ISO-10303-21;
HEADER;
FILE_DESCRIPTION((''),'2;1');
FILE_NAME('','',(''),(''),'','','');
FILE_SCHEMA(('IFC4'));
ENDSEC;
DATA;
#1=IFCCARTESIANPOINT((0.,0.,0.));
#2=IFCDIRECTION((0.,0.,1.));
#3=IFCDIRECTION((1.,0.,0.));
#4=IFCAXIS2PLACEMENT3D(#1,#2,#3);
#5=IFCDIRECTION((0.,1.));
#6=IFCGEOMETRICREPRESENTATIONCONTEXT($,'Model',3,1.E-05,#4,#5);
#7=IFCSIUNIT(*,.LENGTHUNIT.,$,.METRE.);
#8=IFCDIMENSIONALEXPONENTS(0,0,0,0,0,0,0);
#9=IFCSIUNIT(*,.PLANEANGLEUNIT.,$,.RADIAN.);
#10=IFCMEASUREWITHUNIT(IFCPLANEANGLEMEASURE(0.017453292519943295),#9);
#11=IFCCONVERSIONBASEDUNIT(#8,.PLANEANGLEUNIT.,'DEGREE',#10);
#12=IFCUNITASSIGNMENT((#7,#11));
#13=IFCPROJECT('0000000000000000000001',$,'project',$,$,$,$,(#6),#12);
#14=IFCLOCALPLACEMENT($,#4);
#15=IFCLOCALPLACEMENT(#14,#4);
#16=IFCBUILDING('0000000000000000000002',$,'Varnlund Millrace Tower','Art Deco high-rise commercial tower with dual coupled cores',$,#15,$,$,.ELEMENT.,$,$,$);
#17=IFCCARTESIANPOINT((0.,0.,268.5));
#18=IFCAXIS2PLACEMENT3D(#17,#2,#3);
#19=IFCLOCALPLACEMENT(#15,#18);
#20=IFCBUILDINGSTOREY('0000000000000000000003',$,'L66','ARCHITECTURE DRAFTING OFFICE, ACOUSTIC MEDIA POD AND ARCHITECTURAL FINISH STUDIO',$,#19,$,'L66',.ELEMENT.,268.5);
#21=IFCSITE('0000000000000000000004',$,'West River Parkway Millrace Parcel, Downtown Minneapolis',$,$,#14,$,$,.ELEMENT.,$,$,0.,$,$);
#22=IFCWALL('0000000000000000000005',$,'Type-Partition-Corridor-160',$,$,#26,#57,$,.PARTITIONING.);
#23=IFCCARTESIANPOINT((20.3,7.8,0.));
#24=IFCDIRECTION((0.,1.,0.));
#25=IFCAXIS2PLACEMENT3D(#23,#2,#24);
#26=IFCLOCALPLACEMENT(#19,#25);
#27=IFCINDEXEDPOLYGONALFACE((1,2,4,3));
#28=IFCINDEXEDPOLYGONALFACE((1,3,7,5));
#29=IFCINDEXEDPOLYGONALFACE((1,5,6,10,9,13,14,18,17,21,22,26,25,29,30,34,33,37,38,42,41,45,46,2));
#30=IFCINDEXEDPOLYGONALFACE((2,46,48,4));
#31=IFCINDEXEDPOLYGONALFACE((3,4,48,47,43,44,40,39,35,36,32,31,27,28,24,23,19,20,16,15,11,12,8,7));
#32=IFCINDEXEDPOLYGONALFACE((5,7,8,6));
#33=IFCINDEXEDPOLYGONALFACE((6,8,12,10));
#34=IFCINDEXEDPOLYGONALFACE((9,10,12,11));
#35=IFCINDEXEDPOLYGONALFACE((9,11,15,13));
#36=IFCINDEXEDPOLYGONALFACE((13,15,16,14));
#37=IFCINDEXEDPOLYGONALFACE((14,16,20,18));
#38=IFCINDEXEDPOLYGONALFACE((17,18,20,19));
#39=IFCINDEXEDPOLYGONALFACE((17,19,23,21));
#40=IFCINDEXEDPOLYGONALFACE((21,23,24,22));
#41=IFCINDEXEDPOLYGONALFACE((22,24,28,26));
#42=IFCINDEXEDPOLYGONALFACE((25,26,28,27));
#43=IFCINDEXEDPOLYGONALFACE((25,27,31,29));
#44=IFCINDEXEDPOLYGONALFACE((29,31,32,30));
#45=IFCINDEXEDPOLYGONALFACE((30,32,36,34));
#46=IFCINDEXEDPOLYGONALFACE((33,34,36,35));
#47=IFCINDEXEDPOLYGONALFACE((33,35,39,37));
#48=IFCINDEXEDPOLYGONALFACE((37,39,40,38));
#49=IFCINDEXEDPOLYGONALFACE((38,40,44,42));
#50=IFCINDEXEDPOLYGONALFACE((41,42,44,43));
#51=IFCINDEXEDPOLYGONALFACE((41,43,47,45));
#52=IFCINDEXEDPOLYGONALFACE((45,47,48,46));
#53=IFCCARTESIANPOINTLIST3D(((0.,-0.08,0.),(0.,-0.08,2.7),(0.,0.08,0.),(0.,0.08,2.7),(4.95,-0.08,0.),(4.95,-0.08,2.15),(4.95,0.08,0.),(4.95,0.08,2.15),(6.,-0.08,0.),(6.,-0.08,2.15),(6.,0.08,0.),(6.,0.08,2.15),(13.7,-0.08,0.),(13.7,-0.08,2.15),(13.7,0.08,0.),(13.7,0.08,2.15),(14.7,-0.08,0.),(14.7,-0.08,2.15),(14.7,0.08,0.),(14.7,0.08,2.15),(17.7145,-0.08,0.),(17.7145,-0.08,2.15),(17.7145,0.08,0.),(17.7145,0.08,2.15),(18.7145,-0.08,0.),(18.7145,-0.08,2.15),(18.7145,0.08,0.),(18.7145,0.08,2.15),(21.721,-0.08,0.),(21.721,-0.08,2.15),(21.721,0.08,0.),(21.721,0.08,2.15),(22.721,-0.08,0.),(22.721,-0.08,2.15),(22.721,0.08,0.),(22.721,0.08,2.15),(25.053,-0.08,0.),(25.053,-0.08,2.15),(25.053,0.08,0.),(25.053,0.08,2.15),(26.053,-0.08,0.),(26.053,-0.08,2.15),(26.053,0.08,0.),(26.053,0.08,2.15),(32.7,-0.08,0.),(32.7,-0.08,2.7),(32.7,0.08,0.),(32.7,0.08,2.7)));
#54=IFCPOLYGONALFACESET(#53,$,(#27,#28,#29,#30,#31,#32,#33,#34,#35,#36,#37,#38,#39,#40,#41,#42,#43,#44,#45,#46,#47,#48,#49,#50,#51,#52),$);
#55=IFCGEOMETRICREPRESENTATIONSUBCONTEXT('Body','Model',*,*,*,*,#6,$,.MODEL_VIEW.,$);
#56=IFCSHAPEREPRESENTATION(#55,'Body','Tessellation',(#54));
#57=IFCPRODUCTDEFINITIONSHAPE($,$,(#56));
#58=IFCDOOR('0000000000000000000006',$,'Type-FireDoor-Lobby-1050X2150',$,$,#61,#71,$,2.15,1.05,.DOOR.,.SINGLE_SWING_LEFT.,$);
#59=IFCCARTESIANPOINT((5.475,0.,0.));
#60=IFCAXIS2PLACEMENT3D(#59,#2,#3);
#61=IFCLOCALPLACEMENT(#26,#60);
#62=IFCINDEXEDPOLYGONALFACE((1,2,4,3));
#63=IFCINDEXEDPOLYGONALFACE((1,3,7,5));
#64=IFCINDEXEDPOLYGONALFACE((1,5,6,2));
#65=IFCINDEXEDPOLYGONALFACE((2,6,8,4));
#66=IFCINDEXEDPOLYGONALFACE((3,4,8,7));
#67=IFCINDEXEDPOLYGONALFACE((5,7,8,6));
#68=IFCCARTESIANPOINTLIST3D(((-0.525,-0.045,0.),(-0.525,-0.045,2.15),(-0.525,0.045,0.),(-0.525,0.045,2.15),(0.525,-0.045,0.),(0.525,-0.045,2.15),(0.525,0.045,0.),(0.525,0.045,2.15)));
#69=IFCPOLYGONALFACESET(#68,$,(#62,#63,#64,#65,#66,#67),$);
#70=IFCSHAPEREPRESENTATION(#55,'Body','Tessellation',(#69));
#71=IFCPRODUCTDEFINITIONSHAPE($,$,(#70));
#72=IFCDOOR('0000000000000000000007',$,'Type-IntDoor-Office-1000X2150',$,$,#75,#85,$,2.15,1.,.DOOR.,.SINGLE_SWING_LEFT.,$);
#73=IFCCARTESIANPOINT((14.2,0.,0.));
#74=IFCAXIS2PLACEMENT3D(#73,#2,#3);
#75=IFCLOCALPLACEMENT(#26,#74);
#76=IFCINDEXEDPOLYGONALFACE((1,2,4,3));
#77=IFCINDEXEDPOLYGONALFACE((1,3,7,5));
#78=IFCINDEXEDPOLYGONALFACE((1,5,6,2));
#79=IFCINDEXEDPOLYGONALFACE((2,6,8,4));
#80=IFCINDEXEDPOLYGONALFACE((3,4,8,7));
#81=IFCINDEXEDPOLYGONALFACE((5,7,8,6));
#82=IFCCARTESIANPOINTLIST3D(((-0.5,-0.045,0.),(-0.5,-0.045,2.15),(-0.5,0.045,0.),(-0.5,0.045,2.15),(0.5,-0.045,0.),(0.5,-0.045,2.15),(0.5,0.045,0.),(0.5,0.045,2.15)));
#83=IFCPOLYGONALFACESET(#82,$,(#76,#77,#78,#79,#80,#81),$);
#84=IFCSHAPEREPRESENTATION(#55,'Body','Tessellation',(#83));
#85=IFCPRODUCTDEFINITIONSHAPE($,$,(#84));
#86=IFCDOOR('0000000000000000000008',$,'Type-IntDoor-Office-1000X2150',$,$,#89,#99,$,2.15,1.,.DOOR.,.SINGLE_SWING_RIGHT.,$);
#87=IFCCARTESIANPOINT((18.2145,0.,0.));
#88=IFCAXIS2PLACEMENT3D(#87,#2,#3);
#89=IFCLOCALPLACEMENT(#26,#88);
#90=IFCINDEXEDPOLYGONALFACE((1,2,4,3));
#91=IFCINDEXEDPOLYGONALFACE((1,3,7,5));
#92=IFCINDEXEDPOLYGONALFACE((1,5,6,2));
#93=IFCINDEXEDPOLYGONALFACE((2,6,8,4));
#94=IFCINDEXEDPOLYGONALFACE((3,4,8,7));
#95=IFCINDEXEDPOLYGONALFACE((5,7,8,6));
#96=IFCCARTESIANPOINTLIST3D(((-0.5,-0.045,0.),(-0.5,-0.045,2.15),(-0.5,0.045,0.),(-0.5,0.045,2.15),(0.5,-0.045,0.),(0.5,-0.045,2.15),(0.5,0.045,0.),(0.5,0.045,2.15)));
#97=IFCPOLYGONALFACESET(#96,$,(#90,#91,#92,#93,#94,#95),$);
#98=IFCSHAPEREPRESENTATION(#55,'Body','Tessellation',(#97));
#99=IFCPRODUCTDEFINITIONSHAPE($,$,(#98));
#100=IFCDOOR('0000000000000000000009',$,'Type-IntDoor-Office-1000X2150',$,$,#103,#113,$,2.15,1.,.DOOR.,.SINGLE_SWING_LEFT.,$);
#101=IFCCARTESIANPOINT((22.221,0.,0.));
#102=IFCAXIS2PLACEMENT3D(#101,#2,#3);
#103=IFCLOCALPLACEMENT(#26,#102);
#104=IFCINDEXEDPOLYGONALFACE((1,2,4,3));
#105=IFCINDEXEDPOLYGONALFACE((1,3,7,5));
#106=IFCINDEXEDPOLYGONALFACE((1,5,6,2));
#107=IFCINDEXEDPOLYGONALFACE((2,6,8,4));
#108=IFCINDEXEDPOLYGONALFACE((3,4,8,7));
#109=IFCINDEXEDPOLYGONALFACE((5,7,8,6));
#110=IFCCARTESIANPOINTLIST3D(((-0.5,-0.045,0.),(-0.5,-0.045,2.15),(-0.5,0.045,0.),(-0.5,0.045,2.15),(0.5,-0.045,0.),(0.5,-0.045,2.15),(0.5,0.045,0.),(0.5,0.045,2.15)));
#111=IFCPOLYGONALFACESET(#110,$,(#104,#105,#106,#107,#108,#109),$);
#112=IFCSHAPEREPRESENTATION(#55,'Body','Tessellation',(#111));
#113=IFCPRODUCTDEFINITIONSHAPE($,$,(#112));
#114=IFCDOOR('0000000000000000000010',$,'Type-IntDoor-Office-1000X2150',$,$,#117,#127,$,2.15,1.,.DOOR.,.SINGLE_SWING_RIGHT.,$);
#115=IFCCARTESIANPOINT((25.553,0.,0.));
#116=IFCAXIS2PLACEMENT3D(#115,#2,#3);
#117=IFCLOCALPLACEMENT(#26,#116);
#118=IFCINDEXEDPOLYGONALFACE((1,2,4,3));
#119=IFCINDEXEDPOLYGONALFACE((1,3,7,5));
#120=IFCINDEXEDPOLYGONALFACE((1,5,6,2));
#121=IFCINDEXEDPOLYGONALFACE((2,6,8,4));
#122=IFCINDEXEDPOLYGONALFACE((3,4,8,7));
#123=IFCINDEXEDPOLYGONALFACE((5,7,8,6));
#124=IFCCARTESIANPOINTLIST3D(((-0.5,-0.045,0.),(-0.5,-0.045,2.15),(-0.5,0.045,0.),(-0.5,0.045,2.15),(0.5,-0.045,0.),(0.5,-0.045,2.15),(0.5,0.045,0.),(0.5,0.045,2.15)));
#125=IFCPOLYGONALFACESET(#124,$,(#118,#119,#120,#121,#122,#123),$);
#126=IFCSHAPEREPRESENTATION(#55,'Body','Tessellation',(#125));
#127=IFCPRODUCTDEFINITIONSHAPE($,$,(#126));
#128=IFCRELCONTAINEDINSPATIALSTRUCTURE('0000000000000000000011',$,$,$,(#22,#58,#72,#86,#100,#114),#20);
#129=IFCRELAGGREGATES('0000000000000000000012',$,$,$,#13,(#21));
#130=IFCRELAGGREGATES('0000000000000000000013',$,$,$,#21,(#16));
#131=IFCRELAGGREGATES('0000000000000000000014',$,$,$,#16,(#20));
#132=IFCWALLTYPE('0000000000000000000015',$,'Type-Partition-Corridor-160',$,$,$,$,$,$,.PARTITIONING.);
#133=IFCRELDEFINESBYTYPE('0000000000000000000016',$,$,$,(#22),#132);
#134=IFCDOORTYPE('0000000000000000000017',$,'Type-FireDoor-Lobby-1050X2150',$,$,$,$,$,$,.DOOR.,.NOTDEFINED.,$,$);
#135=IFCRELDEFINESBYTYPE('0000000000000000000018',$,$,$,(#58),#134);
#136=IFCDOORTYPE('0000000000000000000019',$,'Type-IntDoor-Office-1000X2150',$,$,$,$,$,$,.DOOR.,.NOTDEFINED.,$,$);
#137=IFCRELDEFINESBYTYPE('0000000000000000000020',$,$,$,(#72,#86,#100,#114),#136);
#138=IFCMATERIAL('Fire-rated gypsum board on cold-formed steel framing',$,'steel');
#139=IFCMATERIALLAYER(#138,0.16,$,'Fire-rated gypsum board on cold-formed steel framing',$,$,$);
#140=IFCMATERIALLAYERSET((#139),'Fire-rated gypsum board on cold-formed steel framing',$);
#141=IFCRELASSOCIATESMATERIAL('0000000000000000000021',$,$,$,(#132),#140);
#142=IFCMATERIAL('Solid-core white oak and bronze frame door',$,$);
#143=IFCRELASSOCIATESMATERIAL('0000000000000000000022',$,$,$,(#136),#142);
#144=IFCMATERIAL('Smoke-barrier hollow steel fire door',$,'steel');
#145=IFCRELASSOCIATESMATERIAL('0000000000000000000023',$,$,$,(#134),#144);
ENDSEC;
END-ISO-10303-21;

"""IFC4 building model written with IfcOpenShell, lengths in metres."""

from ifc_helpers import new_model, entity, si_unit, converted_unit, direction, frame, origin_with_axes, origin_2d_with_axis, place, context, subcontext, project, spatial, polyline, rectangle, outline, extrude, material, layer, layer_set, type_object, element, fill, save


model = new_model("IFC4")

# Units and contexts
model_context = context("Model", 3, precision=1e-05, world=origin_with_axes(), true_north=direction((0.0, 1.0)))
body_context = subcontext(model_context, "Body", "Model", "MODEL_VIEW")
ifc_project = project(units=[si_unit("LENGTHUNIT", "METRE"), converted_unit("PLANEANGLEUNIT", "DEGREE", entity("IfcPlaneAngleMeasure", 0.017453292519943295), si_unit("PLANEANGLEUNIT", "RADIAN"), dimensions=[0, 0, 0, 0, 0, 0, 0])], contexts=[model_context])

# Site, building, storey
site_placement = place(None, origin_with_axes())
site = spatial("IfcSite", under=ifc_project, at=site_placement, Name="West River Parkway Millrace Parcel, Downtown Minneapolis", CompositionType="ELEMENT", RefElevation=0.0)
building_placement = place(site_placement, origin_with_axes())
building = spatial("IfcBuilding", under=site, at=building_placement, Name="Varnlund Millrace Tower", Description="Art Deco high-rise commercial tower with dual coupled cores", CompositionType="ELEMENT")
storey_placement = place(building_placement, frame((0.0, 0.0, 268.5), z_axis=(0.0, 0.0, 1.0), x_axis=(1.0, 0.0, 0.0)))
storey = spatial("IfcBuildingStorey", under=building, at=storey_placement, Name="L66", Description="ARCHITECTURE DRAFTING OFFICE, ACOUSTIC MEDIA POD AND ARCHITECTURAL FINISH STUDIO", LongName="L66", CompositionType="ELEMENT", Elevation=268.5)

# Shared definitions
ifc_material_1 = material(Name="Fire-rated gypsum board on cold-formed steel framing", Category="steel")
ifc_layer_1 = layer(ifc_material_1, 0.16, Name="Fire-rated gypsum board on cold-formed steel framing")
ifc_layer_set_1 = layer_set([ifc_layer_1], Name="Fire-rated gypsum board on cold-formed steel framing")
wall_type_1 = type_object("IfcWallType", Name="Type-Partition-Corridor-160", PredefinedType="PARTITIONING", material=ifc_layer_set_1)

# Wall, openings, doors
ifc_material_2 = material(Name="Solid-core white oak and bronze frame door")
door_type_1 = type_object("IfcDoorType", Name="Type-IntDoor-Office-1000X2150", OperationType="NOTDEFINED", PredefinedType="DOOR", material=ifc_material_2)
wall_1_placement = place(storey_placement, frame((20.3, 7.8, 0.0), z_axis=(0.0, 0.0, 1.0), x_axis=(0.0, 1.0, 0.0)))
wall_1 = element("IfcWall", 1, at=wall_1_placement, inside=storey, type_object=wall_type_1, Name="Type-Partition-Corridor-160", PredefinedType="PARTITIONING", context=body_context, shape_type="SweptSolid", body=[
    extrude(outline(polyline([(0.0, -0.08), (32.7, -0.08), (32.7, 0.08), (0.0, 0.08), (0.0, -0.08)])), origin_with_axes(), (0.0, 0.0, 1.0), 2.7),
])
opening_1_placement = place(wall_1_placement, frame((14.2, 0.0, 0.0), z_axis=(0.0, 0.0, 1.0), x_axis=(1.0, 0.0, 0.0)))
opening_1 = element("IfcOpeningElement", 2, at=opening_1_placement, cuts=wall_1, PredefinedType="OPENING", context=body_context, shape_type="SweptSolid", body=[
    extrude(rectangle(XDim=1.0, YDim=0.18, at=origin_2d_with_axis()), origin_with_axes(), (0.0, 0.0, 1.0), 2.15),
])
opening_2_placement = place(wall_1_placement, frame((18.2145, 0.0, 0.0), z_axis=(0.0, 0.0, 1.0), x_axis=(1.0, 0.0, 0.0)))
opening_2 = element("IfcOpeningElement", 3, at=opening_2_placement, cuts=wall_1, PredefinedType="OPENING", context=body_context, shape_type="SweptSolid", body=[
    extrude(rectangle(XDim=1.0, YDim=0.18, at=origin_2d_with_axis()), origin_with_axes(), (0.0, 0.0, 1.0), 2.15),
])
opening_3_placement = place(wall_1_placement, frame((22.221, 0.0, 0.0), z_axis=(0.0, 0.0, 1.0), x_axis=(1.0, 0.0, 0.0)))
opening_3 = element("IfcOpeningElement", 4, at=opening_3_placement, cuts=wall_1, PredefinedType="OPENING", context=body_context, shape_type="SweptSolid", body=[
    extrude(rectangle(XDim=1.0, YDim=0.18, at=origin_2d_with_axis()), origin_with_axes(), (0.0, 0.0, 1.0), 2.15),
])
opening_4_placement = place(wall_1_placement, frame((25.553, 0.0, 0.0), z_axis=(0.0, 0.0, 1.0), x_axis=(1.0, 0.0, 0.0)))
opening_4 = element("IfcOpeningElement", 5, at=opening_4_placement, cuts=wall_1, PredefinedType="OPENING", context=body_context, shape_type="SweptSolid", body=[
    extrude(rectangle(XDim=1.0, YDim=0.18, at=origin_2d_with_axis()), origin_with_axes(), (0.0, 0.0, 1.0), 2.15),
])
opening_5_placement = place(wall_1_placement, frame((5.475, 0.0, 0.0), z_axis=(0.0, 0.0, 1.0), x_axis=(1.0, 0.0, 0.0)))
opening_5 = element("IfcOpeningElement", 6, at=opening_5_placement, cuts=wall_1, PredefinedType="OPENING", context=body_context, shape_type="SweptSolid", body=[
    extrude(rectangle(XDim=1.05, YDim=0.18, at=origin_2d_with_axis()), origin_with_axes(), (0.0, 0.0, 1.0), 2.15),
])
ifc_material_3 = material(Name="Smoke-barrier hollow steel fire door", Category="steel")
door_type_2 = type_object("IfcDoorType", Name="Type-FireDoor-Lobby-1050X2150", OperationType="NOTDEFINED", PredefinedType="DOOR", material=ifc_material_3)
door_1_placement = place(wall_1_placement, frame((5.475, 0.0, 0.0), z_axis=(0.0, 0.0, 1.0), x_axis=(1.0, 0.0, 0.0)))
door_1 = element("IfcDoor", 7, at=door_1_placement, inside=storey, type_object=door_type_2, Name="Type-FireDoor-Lobby-1050X2150", OperationType="SINGLE_SWING_LEFT", OverallHeight=2.15, OverallWidth=1.05, PredefinedType="DOOR", context=body_context, shape_type="SweptSolid", body=[
    extrude(rectangle(XDim=1.05, YDim=0.09, at=origin_2d_with_axis()), origin_with_axes(), (0.0, 0.0, 1.0), 2.15),
])
fill(opening_5, door_1)
door_2_placement = place(wall_1_placement, frame((14.2, 0.0, 0.0), z_axis=(0.0, 0.0, 1.0), x_axis=(1.0, 0.0, 0.0)))
door_2 = element("IfcDoor", 8, at=door_2_placement, inside=storey, type_object=door_type_1, Name="Type-IntDoor-Office-1000X2150", OperationType="SINGLE_SWING_LEFT", OverallHeight=2.15, OverallWidth=1.0, PredefinedType="DOOR", context=body_context, shape_type="SweptSolid", body=[
    extrude(rectangle(XDim=1.0, YDim=0.09, at=origin_2d_with_axis()), origin_with_axes(), (0.0, 0.0, 1.0), 2.15),
])
fill(opening_1, door_2)
door_3_placement = place(wall_1_placement, frame((18.2145, 0.0, 0.0), z_axis=(0.0, 0.0, 1.0), x_axis=(1.0, 0.0, 0.0)))
door_3 = element("IfcDoor", 9, at=door_3_placement, inside=storey, type_object=door_type_1, Name="Type-IntDoor-Office-1000X2150", OperationType="SINGLE_SWING_RIGHT", OverallHeight=2.15, OverallWidth=1.0, PredefinedType="DOOR", context=body_context, shape_type="SweptSolid", body=[
    extrude(rectangle(XDim=1.0, YDim=0.09, at=origin_2d_with_axis()), origin_with_axes(), (0.0, 0.0, 1.0), 2.15),
])
fill(opening_2, door_3)
door_4_placement = place(wall_1_placement, frame((22.221, 0.0, 0.0), z_axis=(0.0, 0.0, 1.0), x_axis=(1.0, 0.0, 0.0)))
door_4 = element("IfcDoor", 10, at=door_4_placement, inside=storey, type_object=door_type_1, Name="Type-IntDoor-Office-1000X2150", OperationType="SINGLE_SWING_LEFT", OverallHeight=2.15, OverallWidth=1.0, PredefinedType="DOOR", context=body_context, shape_type="SweptSolid", body=[
    extrude(rectangle(XDim=1.0, YDim=0.09, at=origin_2d_with_axis()), origin_with_axes(), (0.0, 0.0, 1.0), 2.15),
])
fill(opening_3, door_4)
door_5_placement = place(wall_1_placement, frame((25.553, 0.0, 0.0), z_axis=(0.0, 0.0, 1.0), x_axis=(1.0, 0.0, 0.0)))
door_5 = element("IfcDoor", 11, at=door_5_placement, inside=storey, type_object=door_type_1, Name="Type-IntDoor-Office-1000X2150", OperationType="SINGLE_SWING_RIGHT", OverallHeight=2.15, OverallWidth=1.0, PredefinedType="DOOR", context=body_context, shape_type="SweptSolid", body=[
    extrude(rectangle(XDim=1.0, YDim=0.09, at=origin_2d_with_axis()), origin_with_axes(), (0.0, 0.0, 1.0), 2.15),
])
fill(opening_4, door_5)

save(model, "model.ifc")
